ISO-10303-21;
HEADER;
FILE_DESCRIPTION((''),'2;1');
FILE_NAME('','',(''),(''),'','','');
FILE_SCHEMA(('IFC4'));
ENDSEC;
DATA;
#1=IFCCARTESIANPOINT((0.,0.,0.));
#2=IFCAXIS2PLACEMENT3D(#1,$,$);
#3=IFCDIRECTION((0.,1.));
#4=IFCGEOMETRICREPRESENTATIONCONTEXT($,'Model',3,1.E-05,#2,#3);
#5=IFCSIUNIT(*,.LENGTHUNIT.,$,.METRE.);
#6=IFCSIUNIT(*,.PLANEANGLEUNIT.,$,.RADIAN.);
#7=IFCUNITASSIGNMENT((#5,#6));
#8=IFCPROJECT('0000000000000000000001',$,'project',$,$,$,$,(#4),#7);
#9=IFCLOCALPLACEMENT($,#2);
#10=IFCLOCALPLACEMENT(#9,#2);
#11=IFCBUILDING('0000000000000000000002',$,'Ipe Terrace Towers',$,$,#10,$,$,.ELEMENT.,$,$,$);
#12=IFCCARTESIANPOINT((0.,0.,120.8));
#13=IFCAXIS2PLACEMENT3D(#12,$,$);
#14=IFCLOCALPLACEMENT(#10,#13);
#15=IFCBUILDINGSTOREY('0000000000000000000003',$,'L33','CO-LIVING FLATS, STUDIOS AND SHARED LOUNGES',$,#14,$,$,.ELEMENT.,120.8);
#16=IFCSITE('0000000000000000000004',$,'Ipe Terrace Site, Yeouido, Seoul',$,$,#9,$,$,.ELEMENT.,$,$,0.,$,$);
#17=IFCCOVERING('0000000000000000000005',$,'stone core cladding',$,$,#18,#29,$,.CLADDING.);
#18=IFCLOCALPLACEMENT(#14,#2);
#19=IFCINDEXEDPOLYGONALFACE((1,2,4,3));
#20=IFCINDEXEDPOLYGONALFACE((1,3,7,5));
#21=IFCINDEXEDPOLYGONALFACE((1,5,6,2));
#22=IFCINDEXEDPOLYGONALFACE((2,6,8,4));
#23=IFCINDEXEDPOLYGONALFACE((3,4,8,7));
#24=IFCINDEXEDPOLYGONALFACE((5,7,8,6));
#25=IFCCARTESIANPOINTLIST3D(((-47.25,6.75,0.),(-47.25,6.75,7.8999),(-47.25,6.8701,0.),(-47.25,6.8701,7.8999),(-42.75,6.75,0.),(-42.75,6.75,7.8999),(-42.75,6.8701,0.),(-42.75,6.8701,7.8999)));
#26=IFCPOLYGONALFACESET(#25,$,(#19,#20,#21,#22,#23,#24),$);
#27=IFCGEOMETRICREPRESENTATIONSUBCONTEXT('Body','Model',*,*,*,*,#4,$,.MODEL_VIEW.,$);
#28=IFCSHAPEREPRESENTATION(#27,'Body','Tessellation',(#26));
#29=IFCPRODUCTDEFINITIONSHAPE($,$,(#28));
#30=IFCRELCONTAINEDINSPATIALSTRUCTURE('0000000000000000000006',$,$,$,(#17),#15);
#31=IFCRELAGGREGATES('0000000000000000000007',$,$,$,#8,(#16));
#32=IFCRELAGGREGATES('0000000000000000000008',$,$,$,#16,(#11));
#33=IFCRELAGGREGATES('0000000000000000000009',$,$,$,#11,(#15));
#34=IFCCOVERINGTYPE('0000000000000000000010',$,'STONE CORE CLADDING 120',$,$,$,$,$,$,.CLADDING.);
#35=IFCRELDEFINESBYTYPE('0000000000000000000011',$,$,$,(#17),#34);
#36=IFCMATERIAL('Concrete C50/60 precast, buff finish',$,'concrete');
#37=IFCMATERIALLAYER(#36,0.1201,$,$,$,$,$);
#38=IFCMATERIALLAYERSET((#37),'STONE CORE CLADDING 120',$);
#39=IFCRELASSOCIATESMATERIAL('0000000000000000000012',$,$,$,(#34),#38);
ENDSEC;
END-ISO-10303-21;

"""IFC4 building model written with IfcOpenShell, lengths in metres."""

from ifc_helpers import new_model, si_unit, direction, frame, origin, origin_2d, place, context, subcontext, project, spatial, rectangle, extrude, material, layer, layer_set, type_object, element, save


model = new_model("IFC4")

# Units and contexts
model_context = context("Model", 3, precision=1e-05, world=origin(), true_north=direction((0.0, 1.0)))
body_context = subcontext(model_context, "Body", "Model", "MODEL_VIEW")
ifc_project = project(units=[si_unit("LENGTHUNIT", "METRE"), si_unit("PLANEANGLEUNIT", "RADIAN")], contexts=[model_context])

# Site, building, storey
site_placement = place(None, origin())
site = spatial("IfcSite", under=ifc_project, at=site_placement, Name="Ipe Terrace Site, Yeouido, Seoul", CompositionType="ELEMENT", RefElevation=0.0)
building_placement = place(site_placement, origin())
building = spatial("IfcBuilding", under=site, at=building_placement, Name="Ipe Terrace Towers", CompositionType="ELEMENT")
storey_placement = place(building_placement, frame((0.0, 0.0, 120.8)))
storey = spatial("IfcBuildingStorey", under=building, at=storey_placement, Name="L33", Description="CO-LIVING FLATS, STUDIOS AND SHARED LOUNGES", CompositionType="ELEMENT", Elevation=120.8)

# Covering
ifc_material_1 = material(Name="Concrete C50/60 precast, buff finish", Category="concrete")
ifc_layer_1 = layer(ifc_material_1, 0.1201)
ifc_layer_set_1 = layer_set([ifc_layer_1], Name="STONE CORE CLADDING 120")
covering_type = type_object("IfcCoveringType", Name="STONE CORE CLADDING 120", PredefinedType="CLADDING", material=ifc_layer_set_1)
covering_1_placement = place(storey_placement, frame((-45.0, 6.8101, 0.0), z_axis=(0.0, 0.0, 1.0), x_axis=(-1.0, 0.0, 0.0)))
element("IfcCovering", 1, at=covering_1_placement, inside=storey, type_object=covering_type, Name="stone core cladding", PredefinedType="CLADDING", context=body_context, shape_type="SweptSolid", body=[
    extrude(rectangle(XDim=4.5, YDim=0.1201, at=origin_2d()), origin(), (0.0, 0.0, 1.0), 7.8999),
])

save(model, "model.ifc")
